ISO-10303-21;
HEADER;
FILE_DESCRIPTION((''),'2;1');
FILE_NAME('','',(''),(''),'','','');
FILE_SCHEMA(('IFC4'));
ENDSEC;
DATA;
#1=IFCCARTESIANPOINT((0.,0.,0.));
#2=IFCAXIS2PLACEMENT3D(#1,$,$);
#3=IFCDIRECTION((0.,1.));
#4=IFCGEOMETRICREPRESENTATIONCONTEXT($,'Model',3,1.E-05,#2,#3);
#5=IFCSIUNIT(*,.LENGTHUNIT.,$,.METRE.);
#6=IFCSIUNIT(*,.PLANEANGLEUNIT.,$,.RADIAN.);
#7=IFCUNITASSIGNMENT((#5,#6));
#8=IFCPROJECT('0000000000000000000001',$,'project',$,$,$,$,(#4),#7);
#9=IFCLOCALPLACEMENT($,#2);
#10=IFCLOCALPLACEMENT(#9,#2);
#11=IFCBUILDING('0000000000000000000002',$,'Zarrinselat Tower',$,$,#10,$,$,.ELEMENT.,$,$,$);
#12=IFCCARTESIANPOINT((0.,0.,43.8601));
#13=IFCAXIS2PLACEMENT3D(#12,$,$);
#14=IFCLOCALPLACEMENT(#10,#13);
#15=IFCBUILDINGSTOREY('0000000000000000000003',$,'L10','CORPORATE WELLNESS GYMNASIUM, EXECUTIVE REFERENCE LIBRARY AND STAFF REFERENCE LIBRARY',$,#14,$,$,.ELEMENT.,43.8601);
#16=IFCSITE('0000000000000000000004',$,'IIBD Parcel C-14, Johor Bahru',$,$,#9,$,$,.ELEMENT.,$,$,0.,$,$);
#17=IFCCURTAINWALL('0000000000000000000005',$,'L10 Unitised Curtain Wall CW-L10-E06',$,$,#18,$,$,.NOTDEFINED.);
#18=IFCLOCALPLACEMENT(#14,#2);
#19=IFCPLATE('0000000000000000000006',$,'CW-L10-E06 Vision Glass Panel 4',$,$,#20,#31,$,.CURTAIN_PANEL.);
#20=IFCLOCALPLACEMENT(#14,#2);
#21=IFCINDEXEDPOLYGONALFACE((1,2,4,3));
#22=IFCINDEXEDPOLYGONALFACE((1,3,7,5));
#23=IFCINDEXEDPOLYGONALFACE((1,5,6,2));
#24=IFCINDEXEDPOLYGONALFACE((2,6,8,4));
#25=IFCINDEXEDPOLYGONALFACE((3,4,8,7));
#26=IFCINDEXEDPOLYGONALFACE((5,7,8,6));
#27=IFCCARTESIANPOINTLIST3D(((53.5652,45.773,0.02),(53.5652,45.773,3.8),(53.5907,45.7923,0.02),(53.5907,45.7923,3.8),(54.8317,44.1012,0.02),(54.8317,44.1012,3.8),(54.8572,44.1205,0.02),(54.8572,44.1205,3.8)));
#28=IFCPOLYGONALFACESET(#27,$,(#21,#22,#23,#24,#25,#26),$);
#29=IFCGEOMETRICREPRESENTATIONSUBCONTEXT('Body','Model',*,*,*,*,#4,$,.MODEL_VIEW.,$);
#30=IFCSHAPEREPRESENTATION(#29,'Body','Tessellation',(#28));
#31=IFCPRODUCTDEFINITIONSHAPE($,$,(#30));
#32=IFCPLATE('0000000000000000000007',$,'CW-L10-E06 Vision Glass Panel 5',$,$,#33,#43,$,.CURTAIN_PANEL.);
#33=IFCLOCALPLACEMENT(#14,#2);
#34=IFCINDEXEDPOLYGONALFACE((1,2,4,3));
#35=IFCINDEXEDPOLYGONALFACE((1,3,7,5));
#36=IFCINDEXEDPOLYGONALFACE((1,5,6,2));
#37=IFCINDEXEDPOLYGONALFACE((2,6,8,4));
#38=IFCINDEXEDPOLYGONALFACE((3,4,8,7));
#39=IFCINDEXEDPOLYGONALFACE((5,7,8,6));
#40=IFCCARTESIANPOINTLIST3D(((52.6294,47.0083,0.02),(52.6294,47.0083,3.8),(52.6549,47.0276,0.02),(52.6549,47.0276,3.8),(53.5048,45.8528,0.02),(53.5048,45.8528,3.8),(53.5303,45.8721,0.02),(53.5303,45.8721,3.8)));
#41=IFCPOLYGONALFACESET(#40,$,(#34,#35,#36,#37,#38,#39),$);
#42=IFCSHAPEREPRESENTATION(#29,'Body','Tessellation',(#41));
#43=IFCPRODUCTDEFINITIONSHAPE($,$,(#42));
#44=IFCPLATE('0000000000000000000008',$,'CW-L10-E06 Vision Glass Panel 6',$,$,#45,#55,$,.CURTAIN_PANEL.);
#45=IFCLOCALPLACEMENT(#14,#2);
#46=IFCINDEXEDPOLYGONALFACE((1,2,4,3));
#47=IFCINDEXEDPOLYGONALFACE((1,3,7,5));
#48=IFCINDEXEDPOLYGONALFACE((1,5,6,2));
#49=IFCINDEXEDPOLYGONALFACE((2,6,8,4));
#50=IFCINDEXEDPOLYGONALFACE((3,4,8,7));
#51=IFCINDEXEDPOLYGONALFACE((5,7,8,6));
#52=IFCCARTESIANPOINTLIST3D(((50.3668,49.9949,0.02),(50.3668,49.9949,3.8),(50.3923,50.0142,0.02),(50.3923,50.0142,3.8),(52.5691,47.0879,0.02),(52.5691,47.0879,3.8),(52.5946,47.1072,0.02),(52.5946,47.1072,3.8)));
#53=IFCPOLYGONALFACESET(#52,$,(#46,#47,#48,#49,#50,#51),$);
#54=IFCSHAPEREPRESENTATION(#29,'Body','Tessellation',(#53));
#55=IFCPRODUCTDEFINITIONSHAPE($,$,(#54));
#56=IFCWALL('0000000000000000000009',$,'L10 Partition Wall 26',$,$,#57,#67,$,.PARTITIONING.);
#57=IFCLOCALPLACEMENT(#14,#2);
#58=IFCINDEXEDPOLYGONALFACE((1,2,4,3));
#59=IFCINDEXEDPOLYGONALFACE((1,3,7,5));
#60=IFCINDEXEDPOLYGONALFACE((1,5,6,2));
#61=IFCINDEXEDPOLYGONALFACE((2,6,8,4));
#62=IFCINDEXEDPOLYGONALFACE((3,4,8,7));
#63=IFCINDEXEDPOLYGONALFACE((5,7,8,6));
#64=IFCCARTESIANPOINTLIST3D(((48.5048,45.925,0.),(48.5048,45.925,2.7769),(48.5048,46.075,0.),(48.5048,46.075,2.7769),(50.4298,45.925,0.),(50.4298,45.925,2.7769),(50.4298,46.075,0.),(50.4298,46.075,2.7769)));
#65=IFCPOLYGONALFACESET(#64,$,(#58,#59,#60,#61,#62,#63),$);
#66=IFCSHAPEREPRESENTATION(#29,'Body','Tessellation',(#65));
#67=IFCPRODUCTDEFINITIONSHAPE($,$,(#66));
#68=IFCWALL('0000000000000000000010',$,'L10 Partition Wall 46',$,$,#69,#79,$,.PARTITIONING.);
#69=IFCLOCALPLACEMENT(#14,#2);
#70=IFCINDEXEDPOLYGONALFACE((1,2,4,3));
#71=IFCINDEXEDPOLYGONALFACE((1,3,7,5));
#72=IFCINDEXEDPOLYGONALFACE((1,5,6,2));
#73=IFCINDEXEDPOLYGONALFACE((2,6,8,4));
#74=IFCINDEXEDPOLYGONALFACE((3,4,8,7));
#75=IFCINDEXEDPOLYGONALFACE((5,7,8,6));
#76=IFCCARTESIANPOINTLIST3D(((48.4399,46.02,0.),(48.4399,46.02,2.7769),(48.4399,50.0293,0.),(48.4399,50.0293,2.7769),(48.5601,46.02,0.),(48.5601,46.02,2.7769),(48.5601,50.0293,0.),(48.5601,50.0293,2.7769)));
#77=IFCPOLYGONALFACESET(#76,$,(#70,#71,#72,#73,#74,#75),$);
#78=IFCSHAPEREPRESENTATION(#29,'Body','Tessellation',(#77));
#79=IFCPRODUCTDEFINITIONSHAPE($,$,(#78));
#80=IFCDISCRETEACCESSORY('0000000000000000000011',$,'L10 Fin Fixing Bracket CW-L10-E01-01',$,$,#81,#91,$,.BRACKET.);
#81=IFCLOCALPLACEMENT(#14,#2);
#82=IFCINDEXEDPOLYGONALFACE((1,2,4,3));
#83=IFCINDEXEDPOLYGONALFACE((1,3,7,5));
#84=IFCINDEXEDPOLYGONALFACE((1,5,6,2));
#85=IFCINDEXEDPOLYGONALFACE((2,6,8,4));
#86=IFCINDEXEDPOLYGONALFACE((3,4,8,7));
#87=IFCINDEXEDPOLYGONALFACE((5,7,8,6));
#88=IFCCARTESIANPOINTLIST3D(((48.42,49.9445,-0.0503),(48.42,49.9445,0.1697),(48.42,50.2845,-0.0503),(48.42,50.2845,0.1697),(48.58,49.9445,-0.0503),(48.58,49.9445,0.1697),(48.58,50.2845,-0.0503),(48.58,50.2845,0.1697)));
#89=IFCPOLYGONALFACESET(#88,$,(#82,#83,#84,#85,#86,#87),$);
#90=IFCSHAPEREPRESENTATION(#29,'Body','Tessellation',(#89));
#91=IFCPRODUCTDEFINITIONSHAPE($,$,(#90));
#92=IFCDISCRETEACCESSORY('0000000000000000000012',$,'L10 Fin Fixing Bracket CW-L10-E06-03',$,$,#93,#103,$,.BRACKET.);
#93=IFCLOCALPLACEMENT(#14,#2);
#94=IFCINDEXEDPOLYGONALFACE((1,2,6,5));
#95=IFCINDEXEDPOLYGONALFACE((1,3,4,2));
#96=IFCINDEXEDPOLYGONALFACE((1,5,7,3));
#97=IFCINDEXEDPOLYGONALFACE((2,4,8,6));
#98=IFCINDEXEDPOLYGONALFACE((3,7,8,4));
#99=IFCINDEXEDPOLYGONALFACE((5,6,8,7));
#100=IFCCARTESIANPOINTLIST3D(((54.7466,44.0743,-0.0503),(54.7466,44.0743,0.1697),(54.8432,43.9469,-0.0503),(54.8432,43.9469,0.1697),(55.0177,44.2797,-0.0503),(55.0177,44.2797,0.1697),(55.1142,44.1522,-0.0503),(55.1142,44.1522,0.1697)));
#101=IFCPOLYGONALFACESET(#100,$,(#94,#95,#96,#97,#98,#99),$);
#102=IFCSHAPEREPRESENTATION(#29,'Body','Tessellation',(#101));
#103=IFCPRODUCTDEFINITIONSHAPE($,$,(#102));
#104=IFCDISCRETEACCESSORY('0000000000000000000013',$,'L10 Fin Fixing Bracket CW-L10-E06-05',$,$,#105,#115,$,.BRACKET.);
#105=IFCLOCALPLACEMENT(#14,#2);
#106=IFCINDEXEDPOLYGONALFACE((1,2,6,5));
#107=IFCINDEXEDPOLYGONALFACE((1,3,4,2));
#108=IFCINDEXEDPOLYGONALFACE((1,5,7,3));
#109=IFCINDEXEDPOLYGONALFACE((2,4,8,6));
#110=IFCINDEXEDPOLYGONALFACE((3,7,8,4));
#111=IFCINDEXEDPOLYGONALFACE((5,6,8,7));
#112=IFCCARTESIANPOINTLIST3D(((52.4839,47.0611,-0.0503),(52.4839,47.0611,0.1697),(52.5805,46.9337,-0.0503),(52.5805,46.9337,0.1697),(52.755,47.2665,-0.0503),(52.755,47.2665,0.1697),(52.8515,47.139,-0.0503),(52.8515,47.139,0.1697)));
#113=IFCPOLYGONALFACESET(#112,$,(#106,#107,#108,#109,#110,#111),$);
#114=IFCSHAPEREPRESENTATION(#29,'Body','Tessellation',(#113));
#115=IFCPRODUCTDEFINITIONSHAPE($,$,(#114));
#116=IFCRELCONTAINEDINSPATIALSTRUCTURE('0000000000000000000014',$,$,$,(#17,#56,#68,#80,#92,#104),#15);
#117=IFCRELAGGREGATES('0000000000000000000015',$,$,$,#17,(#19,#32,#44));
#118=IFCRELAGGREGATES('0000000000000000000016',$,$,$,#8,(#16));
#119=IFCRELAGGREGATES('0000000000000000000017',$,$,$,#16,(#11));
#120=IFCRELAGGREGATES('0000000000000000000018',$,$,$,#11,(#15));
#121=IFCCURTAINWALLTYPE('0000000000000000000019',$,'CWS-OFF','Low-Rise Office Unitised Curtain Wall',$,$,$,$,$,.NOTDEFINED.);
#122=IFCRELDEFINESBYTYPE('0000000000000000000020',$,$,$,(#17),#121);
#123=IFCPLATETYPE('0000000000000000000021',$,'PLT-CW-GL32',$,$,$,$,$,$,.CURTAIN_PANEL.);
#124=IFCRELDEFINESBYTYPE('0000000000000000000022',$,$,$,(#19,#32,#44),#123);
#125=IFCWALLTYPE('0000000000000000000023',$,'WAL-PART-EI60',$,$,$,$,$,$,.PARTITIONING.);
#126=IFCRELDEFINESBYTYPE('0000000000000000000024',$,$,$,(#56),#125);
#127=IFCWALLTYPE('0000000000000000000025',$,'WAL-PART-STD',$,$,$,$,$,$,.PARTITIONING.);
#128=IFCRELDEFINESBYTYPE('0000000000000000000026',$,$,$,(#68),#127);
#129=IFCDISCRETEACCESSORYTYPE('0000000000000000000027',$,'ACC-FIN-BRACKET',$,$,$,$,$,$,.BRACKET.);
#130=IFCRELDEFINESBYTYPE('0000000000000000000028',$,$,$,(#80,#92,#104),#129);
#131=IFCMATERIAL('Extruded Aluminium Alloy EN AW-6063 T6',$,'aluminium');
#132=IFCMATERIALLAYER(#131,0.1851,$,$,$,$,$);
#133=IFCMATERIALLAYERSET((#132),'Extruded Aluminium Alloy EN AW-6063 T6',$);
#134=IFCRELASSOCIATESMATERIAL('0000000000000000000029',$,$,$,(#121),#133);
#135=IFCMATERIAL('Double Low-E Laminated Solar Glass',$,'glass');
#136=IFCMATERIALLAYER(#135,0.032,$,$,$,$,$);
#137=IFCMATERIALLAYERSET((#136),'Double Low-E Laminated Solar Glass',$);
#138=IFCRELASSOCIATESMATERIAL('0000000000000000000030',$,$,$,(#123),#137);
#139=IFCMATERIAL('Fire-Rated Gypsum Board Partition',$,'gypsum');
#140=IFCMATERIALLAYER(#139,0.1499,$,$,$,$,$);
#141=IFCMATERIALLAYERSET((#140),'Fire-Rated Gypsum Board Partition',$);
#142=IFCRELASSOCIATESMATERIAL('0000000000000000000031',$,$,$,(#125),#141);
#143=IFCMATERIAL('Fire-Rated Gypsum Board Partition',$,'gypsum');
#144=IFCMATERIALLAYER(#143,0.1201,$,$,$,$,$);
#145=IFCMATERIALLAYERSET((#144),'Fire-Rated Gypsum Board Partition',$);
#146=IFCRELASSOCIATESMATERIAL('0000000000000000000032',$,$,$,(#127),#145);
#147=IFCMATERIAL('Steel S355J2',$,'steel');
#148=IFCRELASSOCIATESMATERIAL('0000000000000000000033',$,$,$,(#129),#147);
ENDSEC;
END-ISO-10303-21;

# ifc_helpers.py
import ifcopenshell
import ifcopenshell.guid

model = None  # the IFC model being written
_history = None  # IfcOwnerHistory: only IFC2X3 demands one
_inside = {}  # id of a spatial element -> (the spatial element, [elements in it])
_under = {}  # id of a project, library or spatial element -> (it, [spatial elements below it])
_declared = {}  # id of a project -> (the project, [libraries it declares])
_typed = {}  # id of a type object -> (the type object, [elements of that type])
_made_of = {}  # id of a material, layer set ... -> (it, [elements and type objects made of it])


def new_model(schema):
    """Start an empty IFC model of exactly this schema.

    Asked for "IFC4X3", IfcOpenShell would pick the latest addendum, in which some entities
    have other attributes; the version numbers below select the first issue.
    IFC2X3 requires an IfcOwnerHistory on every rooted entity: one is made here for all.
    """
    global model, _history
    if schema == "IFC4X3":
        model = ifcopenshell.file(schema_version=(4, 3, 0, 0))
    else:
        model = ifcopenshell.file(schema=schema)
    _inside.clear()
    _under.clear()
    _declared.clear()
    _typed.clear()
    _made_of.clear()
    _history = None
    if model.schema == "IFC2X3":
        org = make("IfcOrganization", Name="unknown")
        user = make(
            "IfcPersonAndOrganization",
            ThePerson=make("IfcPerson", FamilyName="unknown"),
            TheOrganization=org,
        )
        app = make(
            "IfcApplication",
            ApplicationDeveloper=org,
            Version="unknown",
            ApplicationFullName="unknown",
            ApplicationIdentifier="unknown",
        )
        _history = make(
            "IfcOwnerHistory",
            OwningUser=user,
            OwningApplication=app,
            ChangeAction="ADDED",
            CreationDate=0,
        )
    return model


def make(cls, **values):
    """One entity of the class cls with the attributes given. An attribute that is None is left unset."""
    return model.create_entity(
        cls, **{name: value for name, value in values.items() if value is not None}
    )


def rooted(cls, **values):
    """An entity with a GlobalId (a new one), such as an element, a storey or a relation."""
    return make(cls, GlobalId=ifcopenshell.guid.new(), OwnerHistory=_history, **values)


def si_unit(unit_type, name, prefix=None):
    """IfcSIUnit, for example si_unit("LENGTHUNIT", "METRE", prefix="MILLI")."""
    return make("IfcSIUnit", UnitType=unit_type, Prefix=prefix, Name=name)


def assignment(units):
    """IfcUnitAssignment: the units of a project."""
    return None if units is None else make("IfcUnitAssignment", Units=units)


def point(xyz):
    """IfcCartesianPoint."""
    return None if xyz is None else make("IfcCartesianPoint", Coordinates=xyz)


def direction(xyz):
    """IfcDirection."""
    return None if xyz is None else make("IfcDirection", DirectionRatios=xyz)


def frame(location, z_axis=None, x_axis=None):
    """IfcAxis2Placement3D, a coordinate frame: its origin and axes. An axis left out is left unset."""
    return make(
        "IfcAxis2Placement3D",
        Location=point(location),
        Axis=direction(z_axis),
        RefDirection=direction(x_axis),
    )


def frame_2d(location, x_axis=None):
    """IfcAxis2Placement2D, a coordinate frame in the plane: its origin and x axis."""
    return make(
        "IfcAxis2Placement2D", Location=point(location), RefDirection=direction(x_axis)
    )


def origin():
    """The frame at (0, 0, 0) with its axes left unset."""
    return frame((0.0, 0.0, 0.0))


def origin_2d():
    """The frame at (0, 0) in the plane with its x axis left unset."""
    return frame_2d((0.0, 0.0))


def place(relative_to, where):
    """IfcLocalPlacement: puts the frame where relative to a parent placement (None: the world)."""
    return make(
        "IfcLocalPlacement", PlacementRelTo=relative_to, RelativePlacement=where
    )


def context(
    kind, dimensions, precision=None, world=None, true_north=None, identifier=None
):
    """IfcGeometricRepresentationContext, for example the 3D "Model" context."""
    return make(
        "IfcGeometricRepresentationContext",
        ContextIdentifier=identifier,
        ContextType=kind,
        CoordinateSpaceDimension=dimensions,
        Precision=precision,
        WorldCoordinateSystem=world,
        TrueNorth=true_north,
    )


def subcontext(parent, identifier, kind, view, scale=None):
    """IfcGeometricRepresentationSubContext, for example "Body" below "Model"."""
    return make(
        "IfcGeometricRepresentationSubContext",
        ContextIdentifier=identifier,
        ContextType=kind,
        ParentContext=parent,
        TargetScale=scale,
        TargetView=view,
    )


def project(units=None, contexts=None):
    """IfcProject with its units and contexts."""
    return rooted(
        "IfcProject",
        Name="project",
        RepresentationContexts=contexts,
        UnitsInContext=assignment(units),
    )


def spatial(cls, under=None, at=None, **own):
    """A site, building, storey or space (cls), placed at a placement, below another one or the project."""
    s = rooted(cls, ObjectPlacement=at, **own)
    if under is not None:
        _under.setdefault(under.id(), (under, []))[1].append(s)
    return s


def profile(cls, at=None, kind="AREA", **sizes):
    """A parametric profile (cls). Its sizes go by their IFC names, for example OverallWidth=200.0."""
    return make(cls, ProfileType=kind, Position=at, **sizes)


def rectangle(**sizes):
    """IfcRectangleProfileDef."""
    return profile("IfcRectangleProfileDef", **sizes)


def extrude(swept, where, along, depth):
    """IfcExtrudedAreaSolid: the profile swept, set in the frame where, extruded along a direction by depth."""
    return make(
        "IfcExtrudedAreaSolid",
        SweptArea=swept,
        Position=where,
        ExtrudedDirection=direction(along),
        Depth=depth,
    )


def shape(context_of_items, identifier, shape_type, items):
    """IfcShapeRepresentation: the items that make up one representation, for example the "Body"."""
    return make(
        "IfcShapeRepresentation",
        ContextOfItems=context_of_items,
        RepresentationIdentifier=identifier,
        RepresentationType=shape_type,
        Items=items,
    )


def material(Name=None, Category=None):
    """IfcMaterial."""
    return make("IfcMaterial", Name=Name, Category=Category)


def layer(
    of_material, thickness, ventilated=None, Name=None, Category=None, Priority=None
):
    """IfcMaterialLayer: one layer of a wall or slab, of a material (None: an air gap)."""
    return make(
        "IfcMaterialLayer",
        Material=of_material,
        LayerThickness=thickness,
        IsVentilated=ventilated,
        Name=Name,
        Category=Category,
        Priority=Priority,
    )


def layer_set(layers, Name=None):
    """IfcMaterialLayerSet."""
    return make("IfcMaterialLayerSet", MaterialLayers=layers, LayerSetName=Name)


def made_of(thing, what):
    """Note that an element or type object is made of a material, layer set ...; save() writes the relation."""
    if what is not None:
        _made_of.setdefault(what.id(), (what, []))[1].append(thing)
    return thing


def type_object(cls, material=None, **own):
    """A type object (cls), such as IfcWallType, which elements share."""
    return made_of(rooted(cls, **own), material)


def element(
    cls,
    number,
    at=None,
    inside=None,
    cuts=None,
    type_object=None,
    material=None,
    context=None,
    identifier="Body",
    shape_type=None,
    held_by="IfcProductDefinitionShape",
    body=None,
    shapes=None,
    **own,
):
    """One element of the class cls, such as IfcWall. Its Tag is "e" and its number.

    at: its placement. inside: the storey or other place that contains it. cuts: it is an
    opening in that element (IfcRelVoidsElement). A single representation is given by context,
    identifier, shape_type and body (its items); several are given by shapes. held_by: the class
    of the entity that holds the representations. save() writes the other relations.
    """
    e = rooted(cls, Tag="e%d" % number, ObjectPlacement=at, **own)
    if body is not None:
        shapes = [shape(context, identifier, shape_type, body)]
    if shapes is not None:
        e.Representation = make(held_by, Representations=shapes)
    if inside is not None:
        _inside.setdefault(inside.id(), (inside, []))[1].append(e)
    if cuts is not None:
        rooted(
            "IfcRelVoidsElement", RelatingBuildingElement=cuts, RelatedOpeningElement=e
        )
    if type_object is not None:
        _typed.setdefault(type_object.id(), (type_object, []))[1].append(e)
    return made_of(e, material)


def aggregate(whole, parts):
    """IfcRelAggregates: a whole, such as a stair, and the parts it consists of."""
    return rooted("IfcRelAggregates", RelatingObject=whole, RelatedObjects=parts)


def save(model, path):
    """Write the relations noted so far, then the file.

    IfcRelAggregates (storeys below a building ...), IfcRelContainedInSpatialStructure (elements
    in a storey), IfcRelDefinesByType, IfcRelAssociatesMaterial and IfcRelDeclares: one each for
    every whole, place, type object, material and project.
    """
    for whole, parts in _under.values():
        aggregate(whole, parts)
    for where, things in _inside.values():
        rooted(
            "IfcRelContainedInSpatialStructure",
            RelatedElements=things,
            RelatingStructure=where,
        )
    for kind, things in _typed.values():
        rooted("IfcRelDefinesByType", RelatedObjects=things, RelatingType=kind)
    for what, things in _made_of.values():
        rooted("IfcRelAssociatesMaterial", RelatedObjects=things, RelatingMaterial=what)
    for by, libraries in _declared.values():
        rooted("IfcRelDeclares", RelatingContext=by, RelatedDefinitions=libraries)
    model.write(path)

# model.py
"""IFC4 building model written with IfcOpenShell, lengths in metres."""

from ifc_helpers import new_model, si_unit, direction, frame, frame_2d, origin, origin_2d, place, context, subcontext, project, spatial, rectangle, extrude, material, layer, layer_set, type_object, element, aggregate, save


model = new_model("IFC4")

# Units and contexts
model_context = context("Model", 3, precision=1e-05, world=origin(), true_north=direction((0.0, 1.0)))
body_context = subcontext(model_context, "Body", "Model", "MODEL_VIEW")
ifc_project = project(units=[si_unit("LENGTHUNIT", "METRE"), si_unit("PLANEANGLEUNIT", "RADIAN")], contexts=[model_context])

# Site, building, storey
site_placement = place(None, origin())
site = spatial("IfcSite", under=ifc_project, at=site_placement, Name="IIBD Parcel C-14, Johor Bahru", CompositionType="ELEMENT", RefElevation=0.0)
building_placement = place(site_placement, origin())
building = spatial("IfcBuilding", under=site, at=building_placement, Name="Zarrinselat Tower", CompositionType="ELEMENT")
storey_placement = place(building_placement, frame((0.0, 0.0, 43.8601)))
storey = spatial("IfcBuildingStorey", under=building, at=storey_placement, Name="L10", Description="CORPORATE WELLNESS GYMNASIUM, EXECUTIVE REFERENCE LIBRARY AND STAFF REFERENCE LIBRARY", CompositionType="ELEMENT", Elevation=43.8601)

# Curtain wall
ifc_material_1 = material(Name="Extruded Aluminium Alloy EN AW-6063 T6", Category="aluminium")
ifc_layer_1 = layer(ifc_material_1, 0.1851)
ifc_layer_set_1 = layer_set([ifc_layer_1], Name="Extruded Aluminium Alloy EN AW-6063 T6")
curtain_wall_type = type_object("IfcCurtainWallType", Name="CWS-OFF", Description="Low-Rise Office Unitised Curtain Wall", PredefinedType="NOTDEFINED", material=ifc_layer_set_1)
curtain_wall_1_placement = place(storey_placement, origin())
curtain_wall_1 = element("IfcCurtainWall", 1, at=curtain_wall_1_placement, inside=storey, type_object=curtain_wall_type, Name="L10 Unitised Curtain Wall CW-L10-E06", PredefinedType="NOTDEFINED")

# Plates
ifc_material_2 = material(Name="Double Low-E Laminated Solar Glass", Category="glass")
ifc_layer_2 = layer(ifc_material_2, 0.032)
ifc_layer_set_2 = layer_set([ifc_layer_2], Name="Double Low-E Laminated Solar Glass")
plate_type = type_object("IfcPlateType", Name="PLT-CW-GL32", PredefinedType="CURTAIN_PANEL", material=ifc_layer_set_2)
plate_1_placement = place(storey_placement, frame((54.2112, 44.9468, 0.02), z_axis=(0.0, 0.0, 1.0), x_axis=(-0.603858, 0.797092, 0.0)))
plate_1 = element("IfcPlate", 2, at=plate_1_placement, type_object=plate_type, Name="CW-L10-E06 Vision Glass Panel 4", PredefinedType="CURTAIN_PANEL", context=body_context, shape_type="SweptSolid", body=[
    extrude(rectangle(XDim=2.0974, YDim=0.032, at=origin_2d()), origin(), (0.0, 0.0, 1.0), 3.78),
])
plate_2_placement = place(storey_placement, frame((53.0798, 46.4402, 0.02), z_axis=(0.0, 0.0, 1.0), x_axis=(-0.603858, 0.797092, 0.0)))
plate_2 = element("IfcPlate", 3, at=plate_2_placement, type_object=plate_type, Name="CW-L10-E06 Vision Glass Panel 5", PredefinedType="CURTAIN_PANEL", context=body_context, shape_type="SweptSolid", body=[
    extrude(rectangle(XDim=1.4497, YDim=0.032, at=origin_2d()), origin(), (0.0, 0.0, 1.0), 3.78),
])
plate_3_placement = place(storey_placement, frame((51.4807, 48.551, 0.02), z_axis=(0.0, 0.0, 1.0), x_axis=(-0.603858, 0.797092, 0.0)))
plate_3 = element("IfcPlate", 4, at=plate_3_placement, type_object=plate_type, Name="CW-L10-E06 Vision Glass Panel 6", PredefinedType="CURTAIN_PANEL", context=body_context, shape_type="SweptSolid", body=[
    extrude(rectangle(XDim=3.647, YDim=0.032, at=origin_2d()), origin(), (0.0, 0.0, 1.0), 3.78),
])
aggregate(curtain_wall_1, [plate_1, plate_2, plate_3])

# Walls
ifc_material_3 = material(Name="Fire-Rated Gypsum Board Partition", Category="gypsum")
ifc_layer_3 = layer(ifc_material_3, 0.1499)
ifc_layer_set_3 = layer_set([ifc_layer_3], Name="Fire-Rated Gypsum Board Partition")
wall_type_1 = type_object("IfcWallType", Name="WAL-PART-EI60", PredefinedType="PARTITIONING", material=ifc_layer_set_3)
wall_1_placement = place(storey_placement, frame((48.5049, 46.0, 0.0), z_axis=(0.0, 0.0, 1.0), x_axis=(1.0, 0.0, 0.0)))
element("IfcWall", 5, at=wall_1_placement, inside=storey, type_object=wall_type_1, Name="L10 Partition Wall 26", PredefinedType="PARTITIONING", context=body_context, shape_type="SweptSolid", body=[
    extrude(rectangle(XDim=1.925, YDim=0.1499, at=frame_2d((0.9624, 0.0))), origin(), (0.0, 0.0, 1.0), 2.7769),
])
ifc_material_4 = material(Name="Fire-Rated Gypsum Board Partition", Category="gypsum")
ifc_layer_4 = layer(ifc_material_4, 0.1201)
ifc_layer_set_4 = layer_set([ifc_layer_4], Name="Fire-Rated Gypsum Board Partition")
wall_type_2 = type_object("IfcWallType", Name="WAL-PART-STD", PredefinedType="PARTITIONING", material=ifc_layer_set_4)
wall_2_placement = place(storey_placement, frame((48.5, 46.02, 0.0), z_axis=(0.0, 0.0, 1.0), x_axis=(0.0, 1.0, 0.0)))
element("IfcWall", 6, at=wall_2_placement, inside=storey, type_object=wall_type_2, Name="L10 Partition Wall 46", PredefinedType="PARTITIONING", context=body_context, shape_type="SweptSolid", body=[
    extrude(rectangle(XDim=4.0093, YDim=0.1201, at=frame_2d((2.0046, 0.0))), origin(), (0.0, 0.0, 1.0), 2.7769),
])

# Discrete accessories
ifc_material_5 = material(Name="Steel S355J2", Category="steel")
discrete_accessory_type = type_object("IfcDiscreteAccessoryType", Name="ACC-FIN-BRACKET", PredefinedType="BRACKET", material=ifc_material_5)
for number, where, z_axis, x_axis, name in (
    (7, (48.5, 50.1145, -0.0503), (0.0, 0.0, 1.0), (0.0, 1.0, 0.0), "L10 Fin Fixing Bracket CW-L10-E01-01"),
    (8, (54.9304, 44.1133, -0.0503), (0.0, 0.0, 1.0), (0.797092, 0.603858, 0.0), "L10 Fin Fixing Bracket CW-L10-E06-03"),
    (9, (52.6677, 47.1001, -0.0503), (0.0, 0.0, 1.0), (0.797092, 0.603858, 0.0), "L10 Fin Fixing Bracket CW-L10-E06-05"),
):
    element("IfcDiscreteAccessory", number, at=place(storey_placement, frame(where, z_axis=z_axis, x_axis=x_axis)), inside=storey, type_object=discrete_accessory_type, Name=name, PredefinedType="BRACKET", context=body_context, shape_type="SweptSolid", body=[
        extrude(rectangle(XDim=0.3401, YDim=0.1599, at=origin_2d()), origin(), (0.0, 0.0, 1.0), 0.22),
    ])

save(model, "model.ifc")
